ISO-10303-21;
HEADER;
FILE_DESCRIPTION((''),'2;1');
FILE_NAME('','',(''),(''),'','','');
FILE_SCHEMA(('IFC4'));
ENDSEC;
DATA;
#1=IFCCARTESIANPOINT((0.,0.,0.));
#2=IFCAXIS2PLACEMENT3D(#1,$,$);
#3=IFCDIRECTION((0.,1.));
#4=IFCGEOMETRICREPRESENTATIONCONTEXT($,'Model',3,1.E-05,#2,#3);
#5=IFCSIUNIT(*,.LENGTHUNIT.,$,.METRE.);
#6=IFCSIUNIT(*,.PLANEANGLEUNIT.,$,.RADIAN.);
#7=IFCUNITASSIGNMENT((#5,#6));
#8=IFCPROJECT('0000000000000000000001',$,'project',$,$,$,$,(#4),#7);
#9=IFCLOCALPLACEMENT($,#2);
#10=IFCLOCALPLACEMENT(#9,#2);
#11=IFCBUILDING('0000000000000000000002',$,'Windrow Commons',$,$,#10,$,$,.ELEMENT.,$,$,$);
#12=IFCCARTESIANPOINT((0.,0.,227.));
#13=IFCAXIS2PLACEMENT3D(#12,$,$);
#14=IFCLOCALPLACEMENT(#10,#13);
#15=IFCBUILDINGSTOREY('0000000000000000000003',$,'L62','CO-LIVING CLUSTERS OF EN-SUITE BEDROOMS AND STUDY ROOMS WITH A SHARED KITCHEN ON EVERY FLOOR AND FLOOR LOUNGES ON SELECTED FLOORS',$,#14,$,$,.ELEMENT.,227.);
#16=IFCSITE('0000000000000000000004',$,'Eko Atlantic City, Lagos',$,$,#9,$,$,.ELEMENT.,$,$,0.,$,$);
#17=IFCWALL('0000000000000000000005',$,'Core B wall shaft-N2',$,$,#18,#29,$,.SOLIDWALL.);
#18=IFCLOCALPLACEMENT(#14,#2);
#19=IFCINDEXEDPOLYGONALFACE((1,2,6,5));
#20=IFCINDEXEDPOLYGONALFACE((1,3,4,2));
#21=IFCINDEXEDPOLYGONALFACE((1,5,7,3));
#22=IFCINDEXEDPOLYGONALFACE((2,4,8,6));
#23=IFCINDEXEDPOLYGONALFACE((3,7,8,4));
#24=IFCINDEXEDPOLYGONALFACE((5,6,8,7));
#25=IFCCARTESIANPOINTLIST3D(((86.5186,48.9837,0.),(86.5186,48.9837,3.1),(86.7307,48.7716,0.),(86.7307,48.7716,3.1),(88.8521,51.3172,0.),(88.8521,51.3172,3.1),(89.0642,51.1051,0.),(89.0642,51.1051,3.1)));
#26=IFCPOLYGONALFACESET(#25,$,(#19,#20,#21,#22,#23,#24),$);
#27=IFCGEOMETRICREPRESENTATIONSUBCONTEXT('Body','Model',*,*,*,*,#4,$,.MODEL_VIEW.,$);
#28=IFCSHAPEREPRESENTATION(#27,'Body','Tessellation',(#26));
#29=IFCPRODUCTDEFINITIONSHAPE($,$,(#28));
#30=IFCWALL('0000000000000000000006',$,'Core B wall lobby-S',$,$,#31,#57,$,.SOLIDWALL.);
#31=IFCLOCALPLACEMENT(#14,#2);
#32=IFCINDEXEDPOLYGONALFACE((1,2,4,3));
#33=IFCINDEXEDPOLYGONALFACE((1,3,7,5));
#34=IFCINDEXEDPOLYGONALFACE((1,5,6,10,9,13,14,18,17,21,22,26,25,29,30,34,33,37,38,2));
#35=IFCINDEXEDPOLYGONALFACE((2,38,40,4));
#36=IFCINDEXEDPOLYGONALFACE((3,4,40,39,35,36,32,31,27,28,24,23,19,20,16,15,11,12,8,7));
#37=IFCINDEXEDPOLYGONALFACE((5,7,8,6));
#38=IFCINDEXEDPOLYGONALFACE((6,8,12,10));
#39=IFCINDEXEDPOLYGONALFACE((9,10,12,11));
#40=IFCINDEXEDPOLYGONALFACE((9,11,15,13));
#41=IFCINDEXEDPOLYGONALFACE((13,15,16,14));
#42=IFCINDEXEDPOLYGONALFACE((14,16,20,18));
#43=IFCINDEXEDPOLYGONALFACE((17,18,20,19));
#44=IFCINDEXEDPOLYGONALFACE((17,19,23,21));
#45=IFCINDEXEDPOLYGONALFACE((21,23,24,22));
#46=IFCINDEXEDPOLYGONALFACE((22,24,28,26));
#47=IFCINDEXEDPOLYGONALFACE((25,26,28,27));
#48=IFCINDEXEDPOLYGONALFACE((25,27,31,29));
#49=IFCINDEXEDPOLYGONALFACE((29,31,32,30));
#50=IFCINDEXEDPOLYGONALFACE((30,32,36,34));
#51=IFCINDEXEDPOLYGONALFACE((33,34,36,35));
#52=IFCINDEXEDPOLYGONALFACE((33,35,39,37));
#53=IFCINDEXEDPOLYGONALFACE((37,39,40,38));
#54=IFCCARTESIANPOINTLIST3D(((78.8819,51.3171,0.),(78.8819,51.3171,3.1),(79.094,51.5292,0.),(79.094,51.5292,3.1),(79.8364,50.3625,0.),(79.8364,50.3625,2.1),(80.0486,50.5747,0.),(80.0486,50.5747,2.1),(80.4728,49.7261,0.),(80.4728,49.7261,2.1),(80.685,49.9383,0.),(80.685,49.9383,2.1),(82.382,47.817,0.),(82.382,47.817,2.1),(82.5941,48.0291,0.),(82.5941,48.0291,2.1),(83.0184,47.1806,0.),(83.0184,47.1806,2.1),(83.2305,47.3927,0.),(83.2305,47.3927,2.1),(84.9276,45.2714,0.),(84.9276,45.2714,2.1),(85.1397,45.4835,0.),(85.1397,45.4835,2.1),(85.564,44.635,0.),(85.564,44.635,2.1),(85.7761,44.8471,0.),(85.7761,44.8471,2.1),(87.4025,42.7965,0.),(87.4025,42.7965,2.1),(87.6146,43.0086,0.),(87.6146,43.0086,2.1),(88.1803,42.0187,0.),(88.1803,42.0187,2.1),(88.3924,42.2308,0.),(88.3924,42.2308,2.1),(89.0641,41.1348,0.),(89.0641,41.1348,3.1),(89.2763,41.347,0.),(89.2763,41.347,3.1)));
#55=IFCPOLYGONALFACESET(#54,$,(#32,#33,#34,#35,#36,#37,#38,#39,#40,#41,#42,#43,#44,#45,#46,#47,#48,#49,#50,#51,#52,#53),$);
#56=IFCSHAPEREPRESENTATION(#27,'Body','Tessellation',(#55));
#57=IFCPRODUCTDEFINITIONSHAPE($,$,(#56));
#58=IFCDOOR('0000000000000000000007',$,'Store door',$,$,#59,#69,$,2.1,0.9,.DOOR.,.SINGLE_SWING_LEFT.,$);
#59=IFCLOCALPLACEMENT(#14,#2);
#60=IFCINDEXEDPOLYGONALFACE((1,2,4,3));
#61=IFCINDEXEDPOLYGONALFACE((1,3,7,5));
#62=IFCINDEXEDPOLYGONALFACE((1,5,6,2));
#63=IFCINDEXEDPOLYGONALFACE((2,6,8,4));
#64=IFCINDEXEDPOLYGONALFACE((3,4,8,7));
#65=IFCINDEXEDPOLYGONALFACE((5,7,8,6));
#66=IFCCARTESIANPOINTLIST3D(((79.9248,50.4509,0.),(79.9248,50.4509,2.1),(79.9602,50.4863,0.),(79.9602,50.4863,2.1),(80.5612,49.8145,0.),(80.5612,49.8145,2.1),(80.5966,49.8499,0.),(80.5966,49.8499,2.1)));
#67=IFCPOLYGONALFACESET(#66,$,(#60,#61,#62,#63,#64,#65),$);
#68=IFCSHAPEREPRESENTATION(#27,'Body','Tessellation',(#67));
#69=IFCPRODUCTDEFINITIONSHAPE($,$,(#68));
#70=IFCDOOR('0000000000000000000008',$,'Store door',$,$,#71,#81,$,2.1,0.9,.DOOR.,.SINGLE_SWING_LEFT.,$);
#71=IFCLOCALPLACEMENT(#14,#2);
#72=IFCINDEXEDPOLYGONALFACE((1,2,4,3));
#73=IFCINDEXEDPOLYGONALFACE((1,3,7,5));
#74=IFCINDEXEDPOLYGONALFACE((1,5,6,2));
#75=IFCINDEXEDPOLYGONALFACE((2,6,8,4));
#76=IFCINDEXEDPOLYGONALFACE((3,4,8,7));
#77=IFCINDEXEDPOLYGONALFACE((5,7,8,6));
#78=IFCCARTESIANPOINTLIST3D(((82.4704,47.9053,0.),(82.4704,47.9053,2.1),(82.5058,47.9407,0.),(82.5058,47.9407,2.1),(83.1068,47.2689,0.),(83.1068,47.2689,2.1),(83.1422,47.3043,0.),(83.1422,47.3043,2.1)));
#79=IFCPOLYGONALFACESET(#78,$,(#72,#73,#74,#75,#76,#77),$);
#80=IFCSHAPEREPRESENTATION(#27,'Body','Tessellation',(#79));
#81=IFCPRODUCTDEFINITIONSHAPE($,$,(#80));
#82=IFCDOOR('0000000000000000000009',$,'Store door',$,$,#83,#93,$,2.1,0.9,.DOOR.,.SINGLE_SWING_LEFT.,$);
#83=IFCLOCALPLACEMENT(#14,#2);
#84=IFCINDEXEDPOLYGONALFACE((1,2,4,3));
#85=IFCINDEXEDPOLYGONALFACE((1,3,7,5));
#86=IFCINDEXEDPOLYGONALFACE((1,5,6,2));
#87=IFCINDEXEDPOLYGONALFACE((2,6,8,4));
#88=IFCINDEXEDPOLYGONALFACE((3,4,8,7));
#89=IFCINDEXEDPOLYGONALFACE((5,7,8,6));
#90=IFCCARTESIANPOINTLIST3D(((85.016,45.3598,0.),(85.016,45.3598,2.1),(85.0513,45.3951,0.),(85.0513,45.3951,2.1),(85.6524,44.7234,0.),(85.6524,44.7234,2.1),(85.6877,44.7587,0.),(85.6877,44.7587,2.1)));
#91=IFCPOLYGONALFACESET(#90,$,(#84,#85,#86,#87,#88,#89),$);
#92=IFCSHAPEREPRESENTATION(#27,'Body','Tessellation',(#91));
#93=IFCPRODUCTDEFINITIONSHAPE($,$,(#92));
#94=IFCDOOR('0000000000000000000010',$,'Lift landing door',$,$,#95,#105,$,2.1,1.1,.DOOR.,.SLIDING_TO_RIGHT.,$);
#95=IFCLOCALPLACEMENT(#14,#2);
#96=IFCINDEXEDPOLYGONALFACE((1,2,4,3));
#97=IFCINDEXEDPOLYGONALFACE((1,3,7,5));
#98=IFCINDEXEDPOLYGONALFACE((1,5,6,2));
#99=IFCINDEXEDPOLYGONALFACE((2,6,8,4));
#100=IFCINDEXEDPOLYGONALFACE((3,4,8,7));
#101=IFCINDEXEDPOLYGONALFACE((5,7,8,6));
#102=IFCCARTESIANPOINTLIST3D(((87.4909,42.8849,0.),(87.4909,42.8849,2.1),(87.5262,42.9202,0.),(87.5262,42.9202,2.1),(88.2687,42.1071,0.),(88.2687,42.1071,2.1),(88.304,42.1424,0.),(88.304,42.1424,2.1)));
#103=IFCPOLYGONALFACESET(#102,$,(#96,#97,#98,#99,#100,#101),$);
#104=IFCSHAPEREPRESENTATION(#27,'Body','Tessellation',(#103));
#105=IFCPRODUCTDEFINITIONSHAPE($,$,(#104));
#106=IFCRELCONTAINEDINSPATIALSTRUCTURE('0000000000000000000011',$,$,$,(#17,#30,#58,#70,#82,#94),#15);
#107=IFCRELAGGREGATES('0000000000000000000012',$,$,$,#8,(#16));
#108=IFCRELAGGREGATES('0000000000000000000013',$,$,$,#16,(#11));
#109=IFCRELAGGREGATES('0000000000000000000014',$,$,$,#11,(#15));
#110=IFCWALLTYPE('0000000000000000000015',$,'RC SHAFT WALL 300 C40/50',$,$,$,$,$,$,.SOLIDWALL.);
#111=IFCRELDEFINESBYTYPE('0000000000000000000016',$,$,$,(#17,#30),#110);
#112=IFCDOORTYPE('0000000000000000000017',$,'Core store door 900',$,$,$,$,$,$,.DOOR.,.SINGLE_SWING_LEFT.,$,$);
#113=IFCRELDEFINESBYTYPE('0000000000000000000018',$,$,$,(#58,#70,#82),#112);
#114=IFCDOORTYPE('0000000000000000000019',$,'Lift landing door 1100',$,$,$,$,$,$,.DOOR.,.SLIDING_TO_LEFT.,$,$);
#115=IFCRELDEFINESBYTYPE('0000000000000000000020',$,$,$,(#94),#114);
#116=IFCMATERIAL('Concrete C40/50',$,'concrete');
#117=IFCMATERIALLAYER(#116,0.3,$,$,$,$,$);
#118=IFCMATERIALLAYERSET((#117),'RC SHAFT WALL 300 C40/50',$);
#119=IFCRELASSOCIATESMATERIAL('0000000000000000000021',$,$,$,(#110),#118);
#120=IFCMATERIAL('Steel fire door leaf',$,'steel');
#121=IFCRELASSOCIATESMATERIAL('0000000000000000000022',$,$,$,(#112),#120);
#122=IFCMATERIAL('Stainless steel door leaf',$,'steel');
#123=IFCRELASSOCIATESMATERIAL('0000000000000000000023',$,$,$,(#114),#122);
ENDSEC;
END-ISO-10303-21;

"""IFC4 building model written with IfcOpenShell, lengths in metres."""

from ifc_helpers import new_model, si_unit, direction, frame, frame_2d, origin, place, context, subcontext, project, spatial, rectangle, extrude, material, layer, layer_set, type_object, element, fill, save


model = new_model("IFC4")

# Units and contexts
model_context = context("Model", 3, precision=1e-05, world=origin(), true_north=direction((0.0, 1.0)))
body_context = subcontext(model_context, "Body", "Model", "MODEL_VIEW")
ifc_project = project(units=[si_unit("LENGTHUNIT", "METRE"), si_unit("PLANEANGLEUNIT", "RADIAN")], contexts=[model_context])

# Site, building, storey
site_placement = place(None, origin())
site = spatial("IfcSite", under=ifc_project, at=site_placement, Name="Eko Atlantic City, Lagos", CompositionType="ELEMENT", RefElevation=0.0)
building_placement = place(site_placement, origin())
building = spatial("IfcBuilding", under=site, at=building_placement, Name="Windrow Commons", CompositionType="ELEMENT")
storey_placement = place(building_placement, frame((0.0, 0.0, 227.0)))
storey = spatial("IfcBuildingStorey", under=building, at=storey_placement, Name="L62", Description="CO-LIVING CLUSTERS OF EN-SUITE BEDROOMS AND STUDY ROOMS WITH A SHARED KITCHEN ON EVERY FLOOR AND FLOOR LOUNGES ON SELECTED FLOORS", CompositionType="ELEMENT", Elevation=227.0)

# Wall
ifc_material_1 = material(Name="Concrete C40/50", Category="concrete")
ifc_layer_1 = layer(ifc_material_1, 0.3)
ifc_layer_set_1 = layer_set([ifc_layer_1], Name="RC SHAFT WALL 300 C40/50")
wall_type_1 = type_object("IfcWallType", Name="RC SHAFT WALL 300 C40/50", PredefinedType="SOLIDWALL", material=ifc_layer_set_1)
wall_1_placement = place(storey_placement, frame((86.6246, 48.8776, 0.0), z_axis=(0.0, 0.0, 1.0), x_axis=(0.707107, 0.707107, 0.0)))
element("IfcWall", 1, at=wall_1_placement, inside=storey, type_object=wall_type_1, Name="Core B wall shaft-N2", PredefinedType="SOLIDWALL", context=body_context, shape_type="SweptSolid", body=[
    extrude(rectangle(XDim=3.3001, YDim=0.3, at=frame_2d((1.6501, 0.0))), origin(), (0.0, 0.0, 1.0), 3.1),
])

# Wall, openings, doors
wall_2_placement = place(storey_placement, frame((78.9879, 51.4232, 0.0), z_axis=(0.0, 0.0, 1.0), x_axis=(0.707107, -0.707107, 0.0)))
wall_2 = element("IfcWall", 2, at=wall_2_placement, inside=storey, type_object=wall_type_1, Name="Core B wall lobby-S", PredefinedType="SOLIDWALL", context=body_context, shape_type="SweptSolid", body=[
    extrude(rectangle(XDim=14.3999, YDim=0.3, at=frame_2d((7.2, 0.0))), origin(), (0.0, 0.0, 1.0), 3.1),
])
opening_1_placement = place(wall_2_placement, frame((1.35, 0.0, 0.0)))
opening_1 = element("IfcOpeningElement", 3, at=opening_1_placement, cuts=wall_2, PredefinedType="OPENING", context=body_context, shape_type="SweptSolid", body=[
    extrude(rectangle(XDim=0.9, YDim=2.1, at=frame_2d((0.45, 1.05))), frame((0.0, 0.16, 0.0), z_axis=(0.0, -1.0, 0.0), x_axis=(1.0, 0.0, 0.0)), (0.0, 0.0, 1.0), 0.32),
])
opening_2_placement = place(wall_2_placement, frame((4.95, 0.0, 0.0)))
opening_2 = element("IfcOpeningElement", 4, at=opening_2_placement, cuts=wall_2, PredefinedType="OPENING", context=body_context, shape_type="SweptSolid", body=[
    extrude(rectangle(XDim=0.9, YDim=2.1, at=frame_2d((0.45, 1.05))), frame((0.0, 0.16, 0.0), z_axis=(0.0, -1.0, 0.0), x_axis=(1.0, 0.0, 0.0)), (0.0, 0.0, 1.0), 0.32),
])
opening_3_placement = place(wall_2_placement, frame((8.55, 0.0, 0.0)))
opening_3 = element("IfcOpeningElement", 5, at=opening_3_placement, cuts=wall_2, PredefinedType="OPENING", context=body_context, shape_type="SweptSolid", body=[
    extrude(rectangle(XDim=0.9, YDim=2.1, at=frame_2d((0.45, 1.05))), frame((0.0, 0.16, 0.0), z_axis=(0.0, -1.0, 0.0), x_axis=(1.0, 0.0, 0.0)), (0.0, 0.0, 1.0), 0.32),
])
opening_4_placement = place(wall_2_placement, frame((12.05, 0.0, 0.0)))
opening_4 = element("IfcOpeningElement", 6, at=opening_4_placement, cuts=wall_2, PredefinedType="OPENING", context=body_context, shape_type="SweptSolid", body=[
    extrude(rectangle(XDim=1.1, YDim=2.1, at=frame_2d((0.55, 1.05))), frame((0.0, 0.16, 0.0), z_axis=(0.0, -1.0, 0.0), x_axis=(1.0, 0.0, 0.0)), (0.0, 0.0, 1.0), 0.32),
])
ifc_material_2 = material(Name="Steel fire door leaf", Category="steel")
door_type_1 = type_object("IfcDoorType", Name="Core store door 900", OperationType="SINGLE_SWING_LEFT", PredefinedType="DOOR", material=ifc_material_2)
door_1_placement = place(opening_1_placement, origin())
door_1 = element("IfcDoor", 7, at=door_1_placement, inside=storey, type_object=door_type_1, Name="Store door", OperationType="SINGLE_SWING_LEFT", OverallHeight=2.1, OverallWidth=0.9, PredefinedType="DOOR", context=body_context, shape_type="SweptSolid", body=[
    extrude(rectangle(XDim=0.9, YDim=2.1, at=frame_2d((0.45, 1.05))), frame((0.0, 0.025, 0.0), z_axis=(0.0, -1.0, 0.0), x_axis=(1.0, 0.0, 0.0)), (0.0, 0.0, 1.0), 0.05),
])
fill(opening_1, door_1)
door_2_placement = place(opening_2_placement, origin())
door_2 = element("IfcDoor", 8, at=door_2_placement, inside=storey, type_object=door_type_1, Name="Store door", OperationType="SINGLE_SWING_LEFT", OverallHeight=2.1, OverallWidth=0.9, PredefinedType="DOOR", context=body_context, shape_type="SweptSolid", body=[
    extrude(rectangle(XDim=0.9, YDim=2.1, at=frame_2d((0.45, 1.05))), frame((0.0, 0.025, 0.0), z_axis=(0.0, -1.0, 0.0), x_axis=(1.0, 0.0, 0.0)), (0.0, 0.0, 1.0), 0.05),
])
fill(opening_2, door_2)
door_3_placement = place(opening_3_placement, origin())
door_3 = element("IfcDoor", 9, at=door_3_placement, inside=storey, type_object=door_type_1, Name="Store door", OperationType="SINGLE_SWING_LEFT", OverallHeight=2.1, OverallWidth=0.9, PredefinedType="DOOR", context=body_context, shape_type="SweptSolid", body=[
    extrude(rectangle(XDim=0.9, YDim=2.1, at=frame_2d((0.45, 1.05))), frame((0.0, 0.025, 0.0), z_axis=(0.0, -1.0, 0.0), x_axis=(1.0, 0.0, 0.0)), (0.0, 0.0, 1.0), 0.05),
])
fill(opening_3, door_3)
ifc_material_3 = material(Name="Stainless steel door leaf", Category="steel")
door_type_2 = type_object("IfcDoorType", Name="Lift landing door 1100", OperationType="SLIDING_TO_LEFT", PredefinedType="DOOR", material=ifc_material_3)
door_4_placement = place(opening_4_placement, origin())
door_4 = element("IfcDoor", 10, at=door_4_placement, inside=storey, type_object=door_type_2, Name="Lift landing door", OperationType="SLIDING_TO_RIGHT", OverallHeight=2.1, OverallWidth=1.1, PredefinedType="DOOR", context=body_context, shape_type="SweptSolid", body=[
    extrude(rectangle(XDim=1.1, YDim=2.1, at=frame_2d((0.55, 1.05))), frame((0.0, 0.025, 0.0), z_axis=(0.0, -1.0, 0.0), x_axis=(1.0, 0.0, 0.0)), (0.0, 0.0, 1.0), 0.05),
])
fill(opening_4, door_4)

save(model, "model.ifc")
